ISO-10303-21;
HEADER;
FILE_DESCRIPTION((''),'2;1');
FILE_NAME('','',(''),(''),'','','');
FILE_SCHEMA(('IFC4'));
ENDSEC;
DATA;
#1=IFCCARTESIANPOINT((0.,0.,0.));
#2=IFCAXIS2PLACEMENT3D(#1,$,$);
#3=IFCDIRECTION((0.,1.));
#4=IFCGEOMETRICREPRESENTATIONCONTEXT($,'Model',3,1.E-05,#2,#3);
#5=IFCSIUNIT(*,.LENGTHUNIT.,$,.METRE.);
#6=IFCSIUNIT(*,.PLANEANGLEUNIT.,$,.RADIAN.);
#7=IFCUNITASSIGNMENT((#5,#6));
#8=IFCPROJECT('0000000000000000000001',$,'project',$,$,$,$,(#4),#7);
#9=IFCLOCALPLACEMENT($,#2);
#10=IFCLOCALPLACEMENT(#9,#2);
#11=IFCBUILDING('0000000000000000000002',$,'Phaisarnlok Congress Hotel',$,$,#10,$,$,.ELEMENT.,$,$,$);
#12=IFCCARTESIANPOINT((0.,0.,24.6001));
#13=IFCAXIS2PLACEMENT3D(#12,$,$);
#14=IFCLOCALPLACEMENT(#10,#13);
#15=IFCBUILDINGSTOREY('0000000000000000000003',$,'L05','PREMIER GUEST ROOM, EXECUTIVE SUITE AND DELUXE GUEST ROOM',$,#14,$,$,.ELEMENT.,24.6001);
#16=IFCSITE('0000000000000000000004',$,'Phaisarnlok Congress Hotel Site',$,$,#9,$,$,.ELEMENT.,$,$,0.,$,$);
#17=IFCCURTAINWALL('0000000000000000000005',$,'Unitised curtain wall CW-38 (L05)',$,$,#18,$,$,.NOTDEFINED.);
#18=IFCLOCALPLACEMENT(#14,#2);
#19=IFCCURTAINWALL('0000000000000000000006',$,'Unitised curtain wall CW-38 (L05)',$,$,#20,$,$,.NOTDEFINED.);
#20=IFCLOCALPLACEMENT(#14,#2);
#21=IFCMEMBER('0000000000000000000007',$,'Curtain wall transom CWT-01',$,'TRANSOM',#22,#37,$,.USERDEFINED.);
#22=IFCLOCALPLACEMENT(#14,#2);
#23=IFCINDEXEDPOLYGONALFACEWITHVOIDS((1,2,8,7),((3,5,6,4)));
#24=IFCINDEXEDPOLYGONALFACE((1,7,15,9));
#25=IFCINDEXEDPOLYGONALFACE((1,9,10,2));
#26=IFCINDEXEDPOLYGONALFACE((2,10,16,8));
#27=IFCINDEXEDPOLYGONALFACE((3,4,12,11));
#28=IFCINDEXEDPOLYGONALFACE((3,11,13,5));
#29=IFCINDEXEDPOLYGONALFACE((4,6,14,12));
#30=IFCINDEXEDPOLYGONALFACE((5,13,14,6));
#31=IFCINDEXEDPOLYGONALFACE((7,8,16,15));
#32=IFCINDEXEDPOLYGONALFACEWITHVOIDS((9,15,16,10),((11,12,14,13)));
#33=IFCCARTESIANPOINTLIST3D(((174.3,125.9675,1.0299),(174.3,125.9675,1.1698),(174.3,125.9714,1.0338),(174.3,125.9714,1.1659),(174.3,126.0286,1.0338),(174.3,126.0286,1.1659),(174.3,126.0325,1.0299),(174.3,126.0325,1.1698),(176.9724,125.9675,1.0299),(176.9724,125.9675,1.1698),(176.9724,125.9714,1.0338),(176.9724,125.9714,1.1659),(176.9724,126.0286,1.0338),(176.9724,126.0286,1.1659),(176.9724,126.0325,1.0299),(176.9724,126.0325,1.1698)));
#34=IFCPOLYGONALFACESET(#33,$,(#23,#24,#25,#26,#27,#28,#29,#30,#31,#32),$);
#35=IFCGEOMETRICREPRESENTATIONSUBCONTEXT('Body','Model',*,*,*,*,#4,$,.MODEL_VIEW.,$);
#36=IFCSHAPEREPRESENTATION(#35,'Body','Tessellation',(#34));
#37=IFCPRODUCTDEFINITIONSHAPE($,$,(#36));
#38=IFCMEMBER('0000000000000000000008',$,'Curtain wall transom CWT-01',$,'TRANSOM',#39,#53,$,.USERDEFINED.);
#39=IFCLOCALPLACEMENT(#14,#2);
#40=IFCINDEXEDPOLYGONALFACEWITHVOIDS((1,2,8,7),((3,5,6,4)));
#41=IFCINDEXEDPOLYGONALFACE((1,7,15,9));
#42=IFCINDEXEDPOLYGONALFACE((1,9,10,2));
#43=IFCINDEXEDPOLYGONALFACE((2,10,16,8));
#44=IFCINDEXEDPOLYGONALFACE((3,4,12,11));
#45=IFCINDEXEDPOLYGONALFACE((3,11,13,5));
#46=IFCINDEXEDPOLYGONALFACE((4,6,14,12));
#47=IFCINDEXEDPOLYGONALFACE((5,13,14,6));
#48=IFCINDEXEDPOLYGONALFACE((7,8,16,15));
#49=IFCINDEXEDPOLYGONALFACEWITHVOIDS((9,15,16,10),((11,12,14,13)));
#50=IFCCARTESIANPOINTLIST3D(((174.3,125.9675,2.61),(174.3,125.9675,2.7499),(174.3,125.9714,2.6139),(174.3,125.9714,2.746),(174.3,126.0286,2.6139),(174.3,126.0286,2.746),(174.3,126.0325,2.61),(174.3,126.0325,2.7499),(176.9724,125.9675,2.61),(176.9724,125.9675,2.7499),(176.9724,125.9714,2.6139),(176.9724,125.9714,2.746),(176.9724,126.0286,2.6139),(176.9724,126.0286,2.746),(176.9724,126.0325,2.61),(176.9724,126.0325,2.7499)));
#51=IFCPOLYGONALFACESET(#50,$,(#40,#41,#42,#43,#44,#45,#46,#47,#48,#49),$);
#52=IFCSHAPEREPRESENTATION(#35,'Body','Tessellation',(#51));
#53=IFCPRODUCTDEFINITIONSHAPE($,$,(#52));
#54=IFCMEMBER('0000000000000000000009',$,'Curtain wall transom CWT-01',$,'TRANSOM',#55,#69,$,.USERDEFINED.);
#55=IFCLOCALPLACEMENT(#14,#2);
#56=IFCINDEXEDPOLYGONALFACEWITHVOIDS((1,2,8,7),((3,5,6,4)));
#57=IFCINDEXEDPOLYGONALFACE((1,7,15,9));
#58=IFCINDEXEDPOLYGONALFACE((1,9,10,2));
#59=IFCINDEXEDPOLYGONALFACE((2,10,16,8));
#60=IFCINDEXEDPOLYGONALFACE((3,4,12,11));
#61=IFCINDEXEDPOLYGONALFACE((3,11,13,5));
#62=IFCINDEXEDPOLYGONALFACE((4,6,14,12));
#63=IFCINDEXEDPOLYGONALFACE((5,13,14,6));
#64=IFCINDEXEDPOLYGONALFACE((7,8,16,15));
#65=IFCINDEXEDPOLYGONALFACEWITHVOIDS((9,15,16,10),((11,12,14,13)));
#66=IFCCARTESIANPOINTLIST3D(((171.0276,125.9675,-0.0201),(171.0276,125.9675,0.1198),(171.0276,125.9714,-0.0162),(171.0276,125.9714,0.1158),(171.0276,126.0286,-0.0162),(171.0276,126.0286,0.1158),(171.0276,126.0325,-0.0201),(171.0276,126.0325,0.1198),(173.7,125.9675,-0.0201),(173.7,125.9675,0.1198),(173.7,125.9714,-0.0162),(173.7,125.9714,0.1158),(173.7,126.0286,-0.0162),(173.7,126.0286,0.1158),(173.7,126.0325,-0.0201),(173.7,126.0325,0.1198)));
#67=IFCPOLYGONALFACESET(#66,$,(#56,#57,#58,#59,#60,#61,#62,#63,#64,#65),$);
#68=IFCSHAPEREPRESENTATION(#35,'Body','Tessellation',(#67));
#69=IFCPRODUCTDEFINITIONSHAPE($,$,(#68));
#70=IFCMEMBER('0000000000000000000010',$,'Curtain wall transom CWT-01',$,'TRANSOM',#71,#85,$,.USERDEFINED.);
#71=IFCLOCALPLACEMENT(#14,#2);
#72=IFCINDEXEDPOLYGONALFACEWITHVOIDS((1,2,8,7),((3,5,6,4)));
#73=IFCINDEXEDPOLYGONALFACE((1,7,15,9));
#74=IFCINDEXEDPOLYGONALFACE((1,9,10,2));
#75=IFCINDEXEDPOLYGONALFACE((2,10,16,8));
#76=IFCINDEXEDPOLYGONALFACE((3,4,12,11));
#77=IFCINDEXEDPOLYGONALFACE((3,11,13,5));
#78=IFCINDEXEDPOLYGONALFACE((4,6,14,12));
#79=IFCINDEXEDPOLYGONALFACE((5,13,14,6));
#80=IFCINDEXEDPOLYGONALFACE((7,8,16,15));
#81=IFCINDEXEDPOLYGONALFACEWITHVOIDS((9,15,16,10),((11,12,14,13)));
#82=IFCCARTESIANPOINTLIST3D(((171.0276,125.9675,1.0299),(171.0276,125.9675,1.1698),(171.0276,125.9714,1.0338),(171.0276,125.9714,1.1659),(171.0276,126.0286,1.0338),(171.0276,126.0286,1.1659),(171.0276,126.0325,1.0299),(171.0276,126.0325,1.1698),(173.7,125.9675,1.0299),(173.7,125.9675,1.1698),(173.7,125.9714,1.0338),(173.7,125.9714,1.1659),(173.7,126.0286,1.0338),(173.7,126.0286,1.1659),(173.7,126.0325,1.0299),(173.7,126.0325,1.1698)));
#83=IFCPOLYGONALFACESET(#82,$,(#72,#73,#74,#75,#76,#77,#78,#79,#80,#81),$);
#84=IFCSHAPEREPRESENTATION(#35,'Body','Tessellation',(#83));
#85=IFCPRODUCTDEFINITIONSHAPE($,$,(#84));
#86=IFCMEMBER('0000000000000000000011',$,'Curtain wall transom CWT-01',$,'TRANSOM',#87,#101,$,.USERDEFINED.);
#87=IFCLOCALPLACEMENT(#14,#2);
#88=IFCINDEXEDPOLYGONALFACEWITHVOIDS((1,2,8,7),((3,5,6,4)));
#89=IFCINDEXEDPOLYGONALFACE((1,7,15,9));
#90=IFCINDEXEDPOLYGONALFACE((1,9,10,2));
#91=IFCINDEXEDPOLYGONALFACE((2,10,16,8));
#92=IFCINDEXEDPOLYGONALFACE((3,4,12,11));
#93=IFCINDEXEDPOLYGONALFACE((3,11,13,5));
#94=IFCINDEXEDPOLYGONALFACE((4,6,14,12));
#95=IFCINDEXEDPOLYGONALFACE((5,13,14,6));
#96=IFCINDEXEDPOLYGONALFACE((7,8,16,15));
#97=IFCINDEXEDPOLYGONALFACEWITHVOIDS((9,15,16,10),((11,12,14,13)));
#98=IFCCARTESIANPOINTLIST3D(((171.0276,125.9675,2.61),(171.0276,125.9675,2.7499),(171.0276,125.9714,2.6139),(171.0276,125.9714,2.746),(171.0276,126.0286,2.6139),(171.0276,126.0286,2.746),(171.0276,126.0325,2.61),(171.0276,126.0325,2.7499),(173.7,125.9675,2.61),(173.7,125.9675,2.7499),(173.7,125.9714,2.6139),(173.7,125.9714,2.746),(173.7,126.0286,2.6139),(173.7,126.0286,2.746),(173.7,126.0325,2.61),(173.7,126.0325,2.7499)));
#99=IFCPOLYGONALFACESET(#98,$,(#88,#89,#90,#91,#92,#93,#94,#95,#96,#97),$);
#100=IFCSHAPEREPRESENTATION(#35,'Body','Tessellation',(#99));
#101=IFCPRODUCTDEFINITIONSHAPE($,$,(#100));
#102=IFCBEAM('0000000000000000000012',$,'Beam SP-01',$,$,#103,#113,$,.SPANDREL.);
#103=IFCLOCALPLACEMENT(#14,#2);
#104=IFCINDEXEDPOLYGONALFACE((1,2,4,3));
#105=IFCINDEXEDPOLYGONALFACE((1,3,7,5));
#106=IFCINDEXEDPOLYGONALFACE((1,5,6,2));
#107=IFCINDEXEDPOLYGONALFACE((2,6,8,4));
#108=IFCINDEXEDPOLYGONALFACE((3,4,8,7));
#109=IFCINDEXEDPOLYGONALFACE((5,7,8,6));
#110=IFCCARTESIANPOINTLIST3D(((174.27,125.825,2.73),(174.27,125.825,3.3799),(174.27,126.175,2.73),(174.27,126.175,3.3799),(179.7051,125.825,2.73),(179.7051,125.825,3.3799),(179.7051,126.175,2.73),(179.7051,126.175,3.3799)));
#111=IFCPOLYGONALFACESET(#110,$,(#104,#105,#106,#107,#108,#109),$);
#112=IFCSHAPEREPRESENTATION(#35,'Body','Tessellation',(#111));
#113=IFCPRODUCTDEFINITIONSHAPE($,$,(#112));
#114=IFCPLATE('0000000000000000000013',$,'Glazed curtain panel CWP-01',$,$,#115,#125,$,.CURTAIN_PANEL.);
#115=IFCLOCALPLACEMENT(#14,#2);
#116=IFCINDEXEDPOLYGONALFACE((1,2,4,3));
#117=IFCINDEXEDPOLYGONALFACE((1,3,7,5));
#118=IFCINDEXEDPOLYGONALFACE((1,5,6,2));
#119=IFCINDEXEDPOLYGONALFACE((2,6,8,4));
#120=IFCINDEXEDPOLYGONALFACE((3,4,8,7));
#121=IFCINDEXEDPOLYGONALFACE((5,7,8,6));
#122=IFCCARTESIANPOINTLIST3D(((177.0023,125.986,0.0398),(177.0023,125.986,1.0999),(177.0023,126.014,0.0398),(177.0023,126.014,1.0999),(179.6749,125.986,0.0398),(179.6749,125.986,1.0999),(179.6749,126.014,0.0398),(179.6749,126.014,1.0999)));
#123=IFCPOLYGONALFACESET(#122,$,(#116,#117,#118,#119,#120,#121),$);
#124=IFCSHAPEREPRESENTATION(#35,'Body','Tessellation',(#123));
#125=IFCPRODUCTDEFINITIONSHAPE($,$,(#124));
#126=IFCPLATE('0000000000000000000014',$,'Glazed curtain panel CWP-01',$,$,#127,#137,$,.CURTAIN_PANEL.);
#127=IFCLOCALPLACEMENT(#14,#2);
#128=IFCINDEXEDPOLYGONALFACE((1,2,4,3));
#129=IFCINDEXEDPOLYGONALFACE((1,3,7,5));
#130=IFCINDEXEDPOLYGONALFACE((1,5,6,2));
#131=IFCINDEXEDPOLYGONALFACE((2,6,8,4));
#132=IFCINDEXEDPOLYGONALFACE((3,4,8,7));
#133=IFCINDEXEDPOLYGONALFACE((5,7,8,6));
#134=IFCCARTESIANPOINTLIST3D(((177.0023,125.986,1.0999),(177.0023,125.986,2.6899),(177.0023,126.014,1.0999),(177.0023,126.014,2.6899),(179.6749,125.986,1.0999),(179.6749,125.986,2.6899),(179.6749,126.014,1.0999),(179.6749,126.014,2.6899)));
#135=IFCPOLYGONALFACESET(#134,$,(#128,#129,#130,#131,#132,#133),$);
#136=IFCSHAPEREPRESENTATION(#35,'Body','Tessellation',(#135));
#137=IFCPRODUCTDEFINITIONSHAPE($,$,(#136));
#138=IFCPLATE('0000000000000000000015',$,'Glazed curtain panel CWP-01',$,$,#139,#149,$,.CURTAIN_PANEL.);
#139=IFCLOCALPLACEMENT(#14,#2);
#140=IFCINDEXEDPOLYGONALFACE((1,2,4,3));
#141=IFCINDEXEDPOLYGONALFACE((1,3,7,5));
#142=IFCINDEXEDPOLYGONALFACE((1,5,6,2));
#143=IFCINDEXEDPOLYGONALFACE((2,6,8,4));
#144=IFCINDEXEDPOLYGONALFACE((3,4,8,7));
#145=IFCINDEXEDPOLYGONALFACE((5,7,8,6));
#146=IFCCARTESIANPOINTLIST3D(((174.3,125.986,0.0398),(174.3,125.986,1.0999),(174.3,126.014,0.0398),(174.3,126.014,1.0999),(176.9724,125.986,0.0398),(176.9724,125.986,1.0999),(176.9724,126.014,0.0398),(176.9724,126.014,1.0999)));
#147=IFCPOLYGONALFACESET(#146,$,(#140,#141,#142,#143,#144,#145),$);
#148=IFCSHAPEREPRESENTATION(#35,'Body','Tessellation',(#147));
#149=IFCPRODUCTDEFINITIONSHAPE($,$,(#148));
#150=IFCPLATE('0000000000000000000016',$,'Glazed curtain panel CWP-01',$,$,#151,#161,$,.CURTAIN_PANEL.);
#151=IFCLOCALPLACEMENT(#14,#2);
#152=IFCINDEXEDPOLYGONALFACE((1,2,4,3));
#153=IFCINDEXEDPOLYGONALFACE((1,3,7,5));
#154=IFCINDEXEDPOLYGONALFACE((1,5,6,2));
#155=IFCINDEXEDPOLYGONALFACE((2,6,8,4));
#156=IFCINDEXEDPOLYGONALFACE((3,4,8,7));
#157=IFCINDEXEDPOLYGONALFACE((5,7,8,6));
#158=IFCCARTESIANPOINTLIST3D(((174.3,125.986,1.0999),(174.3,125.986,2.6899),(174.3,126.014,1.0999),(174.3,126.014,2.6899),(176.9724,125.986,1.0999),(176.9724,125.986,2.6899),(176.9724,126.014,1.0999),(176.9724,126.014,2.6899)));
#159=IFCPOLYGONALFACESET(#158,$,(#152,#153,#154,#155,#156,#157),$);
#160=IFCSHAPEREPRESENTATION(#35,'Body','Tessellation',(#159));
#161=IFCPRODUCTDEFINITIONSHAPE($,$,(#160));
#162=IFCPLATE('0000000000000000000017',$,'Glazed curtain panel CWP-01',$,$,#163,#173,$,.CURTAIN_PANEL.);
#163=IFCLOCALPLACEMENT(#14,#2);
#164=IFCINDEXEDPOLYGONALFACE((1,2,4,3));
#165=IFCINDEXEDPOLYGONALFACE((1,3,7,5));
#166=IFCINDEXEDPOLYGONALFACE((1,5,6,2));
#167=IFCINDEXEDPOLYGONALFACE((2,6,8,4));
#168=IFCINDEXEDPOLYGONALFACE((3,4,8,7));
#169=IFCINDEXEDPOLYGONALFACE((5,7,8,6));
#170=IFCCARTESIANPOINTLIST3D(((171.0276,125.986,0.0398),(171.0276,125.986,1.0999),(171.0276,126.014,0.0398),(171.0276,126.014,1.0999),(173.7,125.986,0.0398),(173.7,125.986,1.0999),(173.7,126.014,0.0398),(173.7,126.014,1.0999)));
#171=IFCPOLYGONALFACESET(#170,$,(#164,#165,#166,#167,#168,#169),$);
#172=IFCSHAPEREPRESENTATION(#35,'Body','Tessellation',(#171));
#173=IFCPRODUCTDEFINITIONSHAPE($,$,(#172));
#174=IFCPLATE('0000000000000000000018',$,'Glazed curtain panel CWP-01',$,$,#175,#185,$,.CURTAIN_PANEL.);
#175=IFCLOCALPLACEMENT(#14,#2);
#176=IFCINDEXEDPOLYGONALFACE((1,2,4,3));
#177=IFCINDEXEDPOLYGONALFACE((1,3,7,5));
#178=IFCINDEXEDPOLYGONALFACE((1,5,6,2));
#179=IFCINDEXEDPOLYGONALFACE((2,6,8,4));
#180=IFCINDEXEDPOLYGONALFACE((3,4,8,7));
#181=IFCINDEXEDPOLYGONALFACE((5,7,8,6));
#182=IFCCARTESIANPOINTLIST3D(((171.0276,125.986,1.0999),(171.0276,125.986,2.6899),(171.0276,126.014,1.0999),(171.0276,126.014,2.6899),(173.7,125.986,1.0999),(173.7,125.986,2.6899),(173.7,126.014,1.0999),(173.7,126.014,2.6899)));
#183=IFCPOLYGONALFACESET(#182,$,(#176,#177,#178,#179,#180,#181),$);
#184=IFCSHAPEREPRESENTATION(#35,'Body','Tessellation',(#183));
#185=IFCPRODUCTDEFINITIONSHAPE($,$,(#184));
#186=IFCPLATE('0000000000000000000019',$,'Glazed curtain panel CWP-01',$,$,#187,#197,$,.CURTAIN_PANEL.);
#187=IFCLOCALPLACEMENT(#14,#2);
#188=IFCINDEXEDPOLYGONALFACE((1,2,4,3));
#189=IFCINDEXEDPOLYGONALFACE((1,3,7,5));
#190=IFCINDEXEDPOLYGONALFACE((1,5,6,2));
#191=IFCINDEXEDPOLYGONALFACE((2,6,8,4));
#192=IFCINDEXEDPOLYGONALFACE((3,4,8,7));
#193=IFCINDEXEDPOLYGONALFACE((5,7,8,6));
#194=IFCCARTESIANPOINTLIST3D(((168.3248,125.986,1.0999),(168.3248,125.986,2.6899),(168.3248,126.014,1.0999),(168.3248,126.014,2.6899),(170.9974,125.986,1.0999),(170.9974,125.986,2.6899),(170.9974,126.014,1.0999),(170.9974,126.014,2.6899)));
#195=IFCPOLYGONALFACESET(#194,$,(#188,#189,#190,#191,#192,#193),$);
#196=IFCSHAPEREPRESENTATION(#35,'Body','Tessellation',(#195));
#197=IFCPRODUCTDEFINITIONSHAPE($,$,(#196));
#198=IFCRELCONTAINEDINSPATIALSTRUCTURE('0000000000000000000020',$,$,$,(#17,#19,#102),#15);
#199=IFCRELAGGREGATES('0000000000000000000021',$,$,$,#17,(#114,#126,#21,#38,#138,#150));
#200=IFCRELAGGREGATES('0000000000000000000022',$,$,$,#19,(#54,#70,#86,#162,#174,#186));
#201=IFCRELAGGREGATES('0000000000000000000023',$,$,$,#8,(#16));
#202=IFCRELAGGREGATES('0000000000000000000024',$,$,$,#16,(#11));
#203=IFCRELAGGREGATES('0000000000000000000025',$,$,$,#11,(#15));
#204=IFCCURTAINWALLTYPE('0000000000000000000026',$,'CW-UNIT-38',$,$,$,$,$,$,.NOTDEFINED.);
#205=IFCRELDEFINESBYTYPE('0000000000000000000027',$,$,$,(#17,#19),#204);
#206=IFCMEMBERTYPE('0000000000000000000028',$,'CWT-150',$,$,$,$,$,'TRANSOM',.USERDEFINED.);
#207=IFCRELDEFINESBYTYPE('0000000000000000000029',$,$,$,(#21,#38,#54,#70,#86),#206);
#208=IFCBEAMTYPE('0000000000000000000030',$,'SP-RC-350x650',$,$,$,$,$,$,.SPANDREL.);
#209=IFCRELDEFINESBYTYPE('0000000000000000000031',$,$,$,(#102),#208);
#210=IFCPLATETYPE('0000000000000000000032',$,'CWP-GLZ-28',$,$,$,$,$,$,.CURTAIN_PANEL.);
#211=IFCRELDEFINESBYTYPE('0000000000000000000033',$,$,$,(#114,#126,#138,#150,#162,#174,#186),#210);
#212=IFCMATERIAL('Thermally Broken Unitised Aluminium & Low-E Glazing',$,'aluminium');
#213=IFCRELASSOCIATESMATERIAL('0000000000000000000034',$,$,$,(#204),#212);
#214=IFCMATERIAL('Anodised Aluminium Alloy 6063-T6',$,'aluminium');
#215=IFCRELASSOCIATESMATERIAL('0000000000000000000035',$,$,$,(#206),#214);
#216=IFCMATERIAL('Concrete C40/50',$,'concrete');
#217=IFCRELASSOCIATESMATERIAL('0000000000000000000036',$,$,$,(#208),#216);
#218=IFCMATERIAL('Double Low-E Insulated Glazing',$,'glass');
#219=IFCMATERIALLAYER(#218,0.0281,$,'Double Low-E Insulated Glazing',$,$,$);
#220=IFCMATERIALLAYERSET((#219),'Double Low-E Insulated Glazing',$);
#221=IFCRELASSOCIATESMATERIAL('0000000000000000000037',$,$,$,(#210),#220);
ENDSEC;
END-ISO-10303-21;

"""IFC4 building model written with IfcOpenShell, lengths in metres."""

from ifc_helpers import new_model, si_unit, direction, frame, frame_2d, origin, origin_2d, place, context, subcontext, project, spatial, rectangle, hollow_rectangle, extrude, material, layer, layer_set, material_profile, profile_set, type_object, element, aggregate, save


model = new_model("IFC4")

# Units and contexts
model_context = context("Model", 3, precision=1e-05, world=origin(), true_north=direction((0.0, 1.0)))
body_context = subcontext(model_context, "Body", "Model", "MODEL_VIEW")
ifc_project = project(units=[si_unit("LENGTHUNIT", "METRE"), si_unit("PLANEANGLEUNIT", "RADIAN")], contexts=[model_context])

# Site, building, storey
site_placement = place(None, origin())
site = spatial("IfcSite", under=ifc_project, at=site_placement, Name="Phaisarnlok Congress Hotel Site", CompositionType="ELEMENT", RefElevation=0.0)
building_placement = place(site_placement, origin())
building = spatial("IfcBuilding", under=site, at=building_placement, Name="Phaisarnlok Congress Hotel", CompositionType="ELEMENT")
storey_placement = place(building_placement, frame((0.0, 0.0, 24.6001)))
storey = spatial("IfcBuildingStorey", under=building, at=storey_placement, Name="L05", Description="PREMIER GUEST ROOM, EXECUTIVE SUITE AND DELUXE GUEST ROOM", CompositionType="ELEMENT", Elevation=24.6001)

# Curtain walls
ifc_material_1 = material(Name="Thermally Broken Unitised Aluminium & Low-E Glazing", Category="aluminium")
curtain_wall_type = type_object("IfcCurtainWallType", Name="CW-UNIT-38", PredefinedType="NOTDEFINED", material=ifc_material_1)
curtain_wall_1_placement = place(storey_placement, origin())
curtain_wall_1 = element("IfcCurtainWall", 1, at=curtain_wall_1_placement, inside=storey, type_object=curtain_wall_type, Name="Unitised curtain wall CW-38 (L05)", PredefinedType="NOTDEFINED")
ifc_material_2 = material(Name="Anodised Aluminium Alloy 6063-T6", Category="aluminium")
curtain_wall_2_placement = place(storey_placement, origin())
curtain_wall_2 = element("IfcCurtainWall", 2, at=curtain_wall_2_placement, inside=storey, type_object=curtain_wall_type, Name="Unitised curtain wall CW-38 (L05)", PredefinedType="NOTDEFINED")

# Members
ifc_material_profile_1 = material_profile(ifc_material_2, hollow_rectangle(XDim=0.0649, YDim=0.1399, WallThickness=0.0039, at=origin_2d()), Name="ALU-T 65x140x4")
ifc_profile_set_1 = profile_set([ifc_material_profile_1], Name="Anodised Aluminium Alloy 6063-T6")
member_type_1 = type_object("IfcMemberType", Name="CWT-150", ElementType="TRANSOM", PredefinedType="USERDEFINED", material=ifc_profile_set_1)
member_1_placement = place(storey_placement, frame((176.9724, 126.0, 1.0999), z_axis=(-1.0, 0.0, 0.0), x_axis=(0.0, -1.0, 0.0)))
member_1 = element("IfcMember", 3, at=member_1_placement, type_object=member_type_1, Name="Curtain wall transom CWT-01", ObjectType="TRANSOM", PredefinedType="USERDEFINED", context=body_context, shape_type="SweptSolid", body=[
    extrude(hollow_rectangle(XDim=0.0649, YDim=0.1399, WallThickness=0.0039, at=origin_2d()), origin(), (0.0, 0.0, 1.0), 2.6724),
])
member_2_placement = place(storey_placement, frame((176.9724, 126.0, 2.6799), z_axis=(-1.0, 0.0, 0.0), x_axis=(0.0, -1.0, 0.0)))
member_2 = element("IfcMember", 4, at=member_2_placement, type_object=member_type_1, Name="Curtain wall transom CWT-01", ObjectType="TRANSOM", PredefinedType="USERDEFINED", context=body_context, shape_type="SweptSolid", body=[
    extrude(hollow_rectangle(XDim=0.0649, YDim=0.1399, WallThickness=0.0039, at=origin_2d()), origin(), (0.0, 0.0, 1.0), 2.6724),
])
member_3_placement = place(storey_placement, frame((173.7, 126.0, 0.0498), z_axis=(-1.0, 0.0, 0.0), x_axis=(0.0, -1.0, 0.0)))
member_3 = element("IfcMember", 5, at=member_3_placement, type_object=member_type_1, Name="Curtain wall transom CWT-01", ObjectType="TRANSOM", PredefinedType="USERDEFINED", context=body_context, shape_type="SweptSolid", body=[
    extrude(hollow_rectangle(XDim=0.0649, YDim=0.1399, WallThickness=0.0039, at=origin_2d()), origin(), (0.0, 0.0, 1.0), 2.6724),
])
member_4_placement = place(storey_placement, frame((173.7, 126.0, 1.0999), z_axis=(-1.0, 0.0, 0.0), x_axis=(0.0, -1.0, 0.0)))
member_4 = element("IfcMember", 6, at=member_4_placement, type_object=member_type_1, Name="Curtain wall transom CWT-01", ObjectType="TRANSOM", PredefinedType="USERDEFINED", context=body_context, shape_type="SweptSolid", body=[
    extrude(hollow_rectangle(XDim=0.0649, YDim=0.1399, WallThickness=0.0039, at=origin_2d()), origin(), (0.0, 0.0, 1.0), 2.6724),
])
member_5_placement = place(storey_placement, frame((173.7, 126.0, 2.6799), z_axis=(-1.0, 0.0, 0.0), x_axis=(0.0, -1.0, 0.0)))
member_5 = element("IfcMember", 7, at=member_5_placement, type_object=member_type_1, Name="Curtain wall transom CWT-01", ObjectType="TRANSOM", PredefinedType="USERDEFINED", context=body_context, shape_type="SweptSolid", body=[
    extrude(hollow_rectangle(XDim=0.0649, YDim=0.1399, WallThickness=0.0039, at=origin_2d()), origin(), (0.0, 0.0, 1.0), 2.6724),
])

# Beam
ifc_material_3 = material(Name="Concrete C40/50", Category="concrete")
ifc_material_profile_2 = material_profile(ifc_material_3, rectangle(XDim=0.3501, YDim=0.6499, at=origin_2d()), Name="RC 350x650")
ifc_profile_set_2 = profile_set([ifc_material_profile_2], Name="Concrete C40/50")
beam_type = type_object("IfcBeamType", Name="SP-RC-350x650", PredefinedType="SPANDREL", material=ifc_profile_set_2)
beam_placement = place(storey_placement, frame((174.27, 126.0, 3.0549), z_axis=(1.0, 0.0, 0.0), x_axis=(0.0, 1.0, 0.0)))
element("IfcBeam", 8, at=beam_placement, inside=storey, type_object=beam_type, Name="Beam SP-01", PredefinedType="SPANDREL", context=body_context, shape_type="SweptSolid", body=[
    extrude(rectangle(XDim=0.3501, YDim=0.6499, at=origin_2d()), origin(), (0.0, 0.0, 1.0), 5.4351),
])

# Plates
ifc_material_4 = material(Name="Double Low-E Insulated Glazing", Category="glass")
ifc_layer = layer(ifc_material_4, 0.0281, Name="Double Low-E Insulated Glazing")
ifc_layer_set = layer_set([ifc_layer], Name="Double Low-E Insulated Glazing")
plate_type = type_object("IfcPlateType", Name="CWP-GLZ-28", PredefinedType="CURTAIN_PANEL", material=ifc_layer_set)
plate_1_placement = place(storey_placement, frame((179.675, 126.0, 0.0398), z_axis=(0.0, 0.0, 1.0), x_axis=(-1.0, 0.0, 0.0)))
plate_1 = element("IfcPlate", 9, at=plate_1_placement, type_object=plate_type, Name="Glazed curtain panel CWP-01", PredefinedType="CURTAIN_PANEL", context=body_context, shape_type="SweptSolid", body=[
    extrude(rectangle(XDim=2.6726, YDim=0.0281, at=frame_2d((1.3364, 0.0))), origin(), (0.0, 0.0, 1.0), 1.0601),
])
plate_2_placement = place(storey_placement, frame((179.675, 126.0, 1.0999), z_axis=(0.0, 0.0, 1.0), x_axis=(-1.0, 0.0, 0.0)))
plate_2 = element("IfcPlate", 10, at=plate_2_placement, type_object=plate_type, Name="Glazed curtain panel CWP-01", PredefinedType="CURTAIN_PANEL", context=body_context, shape_type="SweptSolid", body=[
    extrude(rectangle(XDim=2.6726, YDim=0.0281, at=frame_2d((1.3364, 0.0))), origin(), (0.0, 0.0, 1.0), 1.5901),
])
plate_3_placement = place(storey_placement, frame((176.9724, 126.0, 0.0398), z_axis=(0.0, 0.0, 1.0), x_axis=(-1.0, 0.0, 0.0)))
plate_3 = element("IfcPlate", 11, at=plate_3_placement, type_object=plate_type, Name="Glazed curtain panel CWP-01", PredefinedType="CURTAIN_PANEL", context=body_context, shape_type="SweptSolid", body=[
    extrude(rectangle(XDim=2.6724, YDim=0.0281, at=frame_2d((1.3362, 0.0))), origin(), (0.0, 0.0, 1.0), 1.0601),
])
plate_4_placement = place(storey_placement, frame((176.9724, 126.0, 1.0999), z_axis=(0.0, 0.0, 1.0), x_axis=(-1.0, 0.0, 0.0)))
plate_4 = element("IfcPlate", 12, at=plate_4_placement, type_object=plate_type, Name="Glazed curtain panel CWP-01", PredefinedType="CURTAIN_PANEL", context=body_context, shape_type="SweptSolid", body=[
    extrude(rectangle(XDim=2.6724, YDim=0.0281, at=frame_2d((1.3362, 0.0))), origin(), (0.0, 0.0, 1.0), 1.5901),
])
aggregate(curtain_wall_1, [plate_1, plate_2, member_1, member_2, plate_3, plate_4])
plate_5_placement = place(storey_placement, frame((173.7, 126.0, 0.0398), z_axis=(0.0, 0.0, 1.0), x_axis=(-1.0, 0.0, 0.0)))
plate_5 = element("IfcPlate", 13, at=plate_5_placement, type_object=plate_type, Name="Glazed curtain panel CWP-01", PredefinedType="CURTAIN_PANEL", context=body_context, shape_type="SweptSolid", body=[
    extrude(rectangle(XDim=2.6724, YDim=0.0281, at=frame_2d((1.3362, 0.0))), origin(), (0.0, 0.0, 1.0), 1.0601),
])
plate_6_placement = place(storey_placement, frame((173.7, 126.0, 1.0999), z_axis=(0.0, 0.0, 1.0), x_axis=(-1.0, 0.0, 0.0)))
plate_6 = element("IfcPlate", 14, at=plate_6_placement, type_object=plate_type, Name="Glazed curtain panel CWP-01", PredefinedType="CURTAIN_PANEL", context=body_context, shape_type="SweptSolid", body=[
    extrude(rectangle(XDim=2.6724, YDim=0.0281, at=frame_2d((1.3362, 0.0))), origin(), (0.0, 0.0, 1.0), 1.5901),
])
plate_7_placement = place(storey_placement, frame((170.9976, 126.0, 1.0999), z_axis=(0.0, 0.0, 1.0), x_axis=(-1.0, 0.0, 0.0)))
plate_7 = element("IfcPlate", 15, at=plate_7_placement, type_object=plate_type, Name="Glazed curtain panel CWP-01", PredefinedType="CURTAIN_PANEL", context=body_context, shape_type="SweptSolid", body=[
    extrude(rectangle(XDim=2.6726, YDim=0.0281, at=frame_2d((1.3364, 0.0))), origin(), (0.0, 0.0, 1.0), 1.5901),
])
aggregate(curtain_wall_2, [member_3, member_4, member_5, plate_5, plate_6, plate_7])

save(model, "model.ifc")
